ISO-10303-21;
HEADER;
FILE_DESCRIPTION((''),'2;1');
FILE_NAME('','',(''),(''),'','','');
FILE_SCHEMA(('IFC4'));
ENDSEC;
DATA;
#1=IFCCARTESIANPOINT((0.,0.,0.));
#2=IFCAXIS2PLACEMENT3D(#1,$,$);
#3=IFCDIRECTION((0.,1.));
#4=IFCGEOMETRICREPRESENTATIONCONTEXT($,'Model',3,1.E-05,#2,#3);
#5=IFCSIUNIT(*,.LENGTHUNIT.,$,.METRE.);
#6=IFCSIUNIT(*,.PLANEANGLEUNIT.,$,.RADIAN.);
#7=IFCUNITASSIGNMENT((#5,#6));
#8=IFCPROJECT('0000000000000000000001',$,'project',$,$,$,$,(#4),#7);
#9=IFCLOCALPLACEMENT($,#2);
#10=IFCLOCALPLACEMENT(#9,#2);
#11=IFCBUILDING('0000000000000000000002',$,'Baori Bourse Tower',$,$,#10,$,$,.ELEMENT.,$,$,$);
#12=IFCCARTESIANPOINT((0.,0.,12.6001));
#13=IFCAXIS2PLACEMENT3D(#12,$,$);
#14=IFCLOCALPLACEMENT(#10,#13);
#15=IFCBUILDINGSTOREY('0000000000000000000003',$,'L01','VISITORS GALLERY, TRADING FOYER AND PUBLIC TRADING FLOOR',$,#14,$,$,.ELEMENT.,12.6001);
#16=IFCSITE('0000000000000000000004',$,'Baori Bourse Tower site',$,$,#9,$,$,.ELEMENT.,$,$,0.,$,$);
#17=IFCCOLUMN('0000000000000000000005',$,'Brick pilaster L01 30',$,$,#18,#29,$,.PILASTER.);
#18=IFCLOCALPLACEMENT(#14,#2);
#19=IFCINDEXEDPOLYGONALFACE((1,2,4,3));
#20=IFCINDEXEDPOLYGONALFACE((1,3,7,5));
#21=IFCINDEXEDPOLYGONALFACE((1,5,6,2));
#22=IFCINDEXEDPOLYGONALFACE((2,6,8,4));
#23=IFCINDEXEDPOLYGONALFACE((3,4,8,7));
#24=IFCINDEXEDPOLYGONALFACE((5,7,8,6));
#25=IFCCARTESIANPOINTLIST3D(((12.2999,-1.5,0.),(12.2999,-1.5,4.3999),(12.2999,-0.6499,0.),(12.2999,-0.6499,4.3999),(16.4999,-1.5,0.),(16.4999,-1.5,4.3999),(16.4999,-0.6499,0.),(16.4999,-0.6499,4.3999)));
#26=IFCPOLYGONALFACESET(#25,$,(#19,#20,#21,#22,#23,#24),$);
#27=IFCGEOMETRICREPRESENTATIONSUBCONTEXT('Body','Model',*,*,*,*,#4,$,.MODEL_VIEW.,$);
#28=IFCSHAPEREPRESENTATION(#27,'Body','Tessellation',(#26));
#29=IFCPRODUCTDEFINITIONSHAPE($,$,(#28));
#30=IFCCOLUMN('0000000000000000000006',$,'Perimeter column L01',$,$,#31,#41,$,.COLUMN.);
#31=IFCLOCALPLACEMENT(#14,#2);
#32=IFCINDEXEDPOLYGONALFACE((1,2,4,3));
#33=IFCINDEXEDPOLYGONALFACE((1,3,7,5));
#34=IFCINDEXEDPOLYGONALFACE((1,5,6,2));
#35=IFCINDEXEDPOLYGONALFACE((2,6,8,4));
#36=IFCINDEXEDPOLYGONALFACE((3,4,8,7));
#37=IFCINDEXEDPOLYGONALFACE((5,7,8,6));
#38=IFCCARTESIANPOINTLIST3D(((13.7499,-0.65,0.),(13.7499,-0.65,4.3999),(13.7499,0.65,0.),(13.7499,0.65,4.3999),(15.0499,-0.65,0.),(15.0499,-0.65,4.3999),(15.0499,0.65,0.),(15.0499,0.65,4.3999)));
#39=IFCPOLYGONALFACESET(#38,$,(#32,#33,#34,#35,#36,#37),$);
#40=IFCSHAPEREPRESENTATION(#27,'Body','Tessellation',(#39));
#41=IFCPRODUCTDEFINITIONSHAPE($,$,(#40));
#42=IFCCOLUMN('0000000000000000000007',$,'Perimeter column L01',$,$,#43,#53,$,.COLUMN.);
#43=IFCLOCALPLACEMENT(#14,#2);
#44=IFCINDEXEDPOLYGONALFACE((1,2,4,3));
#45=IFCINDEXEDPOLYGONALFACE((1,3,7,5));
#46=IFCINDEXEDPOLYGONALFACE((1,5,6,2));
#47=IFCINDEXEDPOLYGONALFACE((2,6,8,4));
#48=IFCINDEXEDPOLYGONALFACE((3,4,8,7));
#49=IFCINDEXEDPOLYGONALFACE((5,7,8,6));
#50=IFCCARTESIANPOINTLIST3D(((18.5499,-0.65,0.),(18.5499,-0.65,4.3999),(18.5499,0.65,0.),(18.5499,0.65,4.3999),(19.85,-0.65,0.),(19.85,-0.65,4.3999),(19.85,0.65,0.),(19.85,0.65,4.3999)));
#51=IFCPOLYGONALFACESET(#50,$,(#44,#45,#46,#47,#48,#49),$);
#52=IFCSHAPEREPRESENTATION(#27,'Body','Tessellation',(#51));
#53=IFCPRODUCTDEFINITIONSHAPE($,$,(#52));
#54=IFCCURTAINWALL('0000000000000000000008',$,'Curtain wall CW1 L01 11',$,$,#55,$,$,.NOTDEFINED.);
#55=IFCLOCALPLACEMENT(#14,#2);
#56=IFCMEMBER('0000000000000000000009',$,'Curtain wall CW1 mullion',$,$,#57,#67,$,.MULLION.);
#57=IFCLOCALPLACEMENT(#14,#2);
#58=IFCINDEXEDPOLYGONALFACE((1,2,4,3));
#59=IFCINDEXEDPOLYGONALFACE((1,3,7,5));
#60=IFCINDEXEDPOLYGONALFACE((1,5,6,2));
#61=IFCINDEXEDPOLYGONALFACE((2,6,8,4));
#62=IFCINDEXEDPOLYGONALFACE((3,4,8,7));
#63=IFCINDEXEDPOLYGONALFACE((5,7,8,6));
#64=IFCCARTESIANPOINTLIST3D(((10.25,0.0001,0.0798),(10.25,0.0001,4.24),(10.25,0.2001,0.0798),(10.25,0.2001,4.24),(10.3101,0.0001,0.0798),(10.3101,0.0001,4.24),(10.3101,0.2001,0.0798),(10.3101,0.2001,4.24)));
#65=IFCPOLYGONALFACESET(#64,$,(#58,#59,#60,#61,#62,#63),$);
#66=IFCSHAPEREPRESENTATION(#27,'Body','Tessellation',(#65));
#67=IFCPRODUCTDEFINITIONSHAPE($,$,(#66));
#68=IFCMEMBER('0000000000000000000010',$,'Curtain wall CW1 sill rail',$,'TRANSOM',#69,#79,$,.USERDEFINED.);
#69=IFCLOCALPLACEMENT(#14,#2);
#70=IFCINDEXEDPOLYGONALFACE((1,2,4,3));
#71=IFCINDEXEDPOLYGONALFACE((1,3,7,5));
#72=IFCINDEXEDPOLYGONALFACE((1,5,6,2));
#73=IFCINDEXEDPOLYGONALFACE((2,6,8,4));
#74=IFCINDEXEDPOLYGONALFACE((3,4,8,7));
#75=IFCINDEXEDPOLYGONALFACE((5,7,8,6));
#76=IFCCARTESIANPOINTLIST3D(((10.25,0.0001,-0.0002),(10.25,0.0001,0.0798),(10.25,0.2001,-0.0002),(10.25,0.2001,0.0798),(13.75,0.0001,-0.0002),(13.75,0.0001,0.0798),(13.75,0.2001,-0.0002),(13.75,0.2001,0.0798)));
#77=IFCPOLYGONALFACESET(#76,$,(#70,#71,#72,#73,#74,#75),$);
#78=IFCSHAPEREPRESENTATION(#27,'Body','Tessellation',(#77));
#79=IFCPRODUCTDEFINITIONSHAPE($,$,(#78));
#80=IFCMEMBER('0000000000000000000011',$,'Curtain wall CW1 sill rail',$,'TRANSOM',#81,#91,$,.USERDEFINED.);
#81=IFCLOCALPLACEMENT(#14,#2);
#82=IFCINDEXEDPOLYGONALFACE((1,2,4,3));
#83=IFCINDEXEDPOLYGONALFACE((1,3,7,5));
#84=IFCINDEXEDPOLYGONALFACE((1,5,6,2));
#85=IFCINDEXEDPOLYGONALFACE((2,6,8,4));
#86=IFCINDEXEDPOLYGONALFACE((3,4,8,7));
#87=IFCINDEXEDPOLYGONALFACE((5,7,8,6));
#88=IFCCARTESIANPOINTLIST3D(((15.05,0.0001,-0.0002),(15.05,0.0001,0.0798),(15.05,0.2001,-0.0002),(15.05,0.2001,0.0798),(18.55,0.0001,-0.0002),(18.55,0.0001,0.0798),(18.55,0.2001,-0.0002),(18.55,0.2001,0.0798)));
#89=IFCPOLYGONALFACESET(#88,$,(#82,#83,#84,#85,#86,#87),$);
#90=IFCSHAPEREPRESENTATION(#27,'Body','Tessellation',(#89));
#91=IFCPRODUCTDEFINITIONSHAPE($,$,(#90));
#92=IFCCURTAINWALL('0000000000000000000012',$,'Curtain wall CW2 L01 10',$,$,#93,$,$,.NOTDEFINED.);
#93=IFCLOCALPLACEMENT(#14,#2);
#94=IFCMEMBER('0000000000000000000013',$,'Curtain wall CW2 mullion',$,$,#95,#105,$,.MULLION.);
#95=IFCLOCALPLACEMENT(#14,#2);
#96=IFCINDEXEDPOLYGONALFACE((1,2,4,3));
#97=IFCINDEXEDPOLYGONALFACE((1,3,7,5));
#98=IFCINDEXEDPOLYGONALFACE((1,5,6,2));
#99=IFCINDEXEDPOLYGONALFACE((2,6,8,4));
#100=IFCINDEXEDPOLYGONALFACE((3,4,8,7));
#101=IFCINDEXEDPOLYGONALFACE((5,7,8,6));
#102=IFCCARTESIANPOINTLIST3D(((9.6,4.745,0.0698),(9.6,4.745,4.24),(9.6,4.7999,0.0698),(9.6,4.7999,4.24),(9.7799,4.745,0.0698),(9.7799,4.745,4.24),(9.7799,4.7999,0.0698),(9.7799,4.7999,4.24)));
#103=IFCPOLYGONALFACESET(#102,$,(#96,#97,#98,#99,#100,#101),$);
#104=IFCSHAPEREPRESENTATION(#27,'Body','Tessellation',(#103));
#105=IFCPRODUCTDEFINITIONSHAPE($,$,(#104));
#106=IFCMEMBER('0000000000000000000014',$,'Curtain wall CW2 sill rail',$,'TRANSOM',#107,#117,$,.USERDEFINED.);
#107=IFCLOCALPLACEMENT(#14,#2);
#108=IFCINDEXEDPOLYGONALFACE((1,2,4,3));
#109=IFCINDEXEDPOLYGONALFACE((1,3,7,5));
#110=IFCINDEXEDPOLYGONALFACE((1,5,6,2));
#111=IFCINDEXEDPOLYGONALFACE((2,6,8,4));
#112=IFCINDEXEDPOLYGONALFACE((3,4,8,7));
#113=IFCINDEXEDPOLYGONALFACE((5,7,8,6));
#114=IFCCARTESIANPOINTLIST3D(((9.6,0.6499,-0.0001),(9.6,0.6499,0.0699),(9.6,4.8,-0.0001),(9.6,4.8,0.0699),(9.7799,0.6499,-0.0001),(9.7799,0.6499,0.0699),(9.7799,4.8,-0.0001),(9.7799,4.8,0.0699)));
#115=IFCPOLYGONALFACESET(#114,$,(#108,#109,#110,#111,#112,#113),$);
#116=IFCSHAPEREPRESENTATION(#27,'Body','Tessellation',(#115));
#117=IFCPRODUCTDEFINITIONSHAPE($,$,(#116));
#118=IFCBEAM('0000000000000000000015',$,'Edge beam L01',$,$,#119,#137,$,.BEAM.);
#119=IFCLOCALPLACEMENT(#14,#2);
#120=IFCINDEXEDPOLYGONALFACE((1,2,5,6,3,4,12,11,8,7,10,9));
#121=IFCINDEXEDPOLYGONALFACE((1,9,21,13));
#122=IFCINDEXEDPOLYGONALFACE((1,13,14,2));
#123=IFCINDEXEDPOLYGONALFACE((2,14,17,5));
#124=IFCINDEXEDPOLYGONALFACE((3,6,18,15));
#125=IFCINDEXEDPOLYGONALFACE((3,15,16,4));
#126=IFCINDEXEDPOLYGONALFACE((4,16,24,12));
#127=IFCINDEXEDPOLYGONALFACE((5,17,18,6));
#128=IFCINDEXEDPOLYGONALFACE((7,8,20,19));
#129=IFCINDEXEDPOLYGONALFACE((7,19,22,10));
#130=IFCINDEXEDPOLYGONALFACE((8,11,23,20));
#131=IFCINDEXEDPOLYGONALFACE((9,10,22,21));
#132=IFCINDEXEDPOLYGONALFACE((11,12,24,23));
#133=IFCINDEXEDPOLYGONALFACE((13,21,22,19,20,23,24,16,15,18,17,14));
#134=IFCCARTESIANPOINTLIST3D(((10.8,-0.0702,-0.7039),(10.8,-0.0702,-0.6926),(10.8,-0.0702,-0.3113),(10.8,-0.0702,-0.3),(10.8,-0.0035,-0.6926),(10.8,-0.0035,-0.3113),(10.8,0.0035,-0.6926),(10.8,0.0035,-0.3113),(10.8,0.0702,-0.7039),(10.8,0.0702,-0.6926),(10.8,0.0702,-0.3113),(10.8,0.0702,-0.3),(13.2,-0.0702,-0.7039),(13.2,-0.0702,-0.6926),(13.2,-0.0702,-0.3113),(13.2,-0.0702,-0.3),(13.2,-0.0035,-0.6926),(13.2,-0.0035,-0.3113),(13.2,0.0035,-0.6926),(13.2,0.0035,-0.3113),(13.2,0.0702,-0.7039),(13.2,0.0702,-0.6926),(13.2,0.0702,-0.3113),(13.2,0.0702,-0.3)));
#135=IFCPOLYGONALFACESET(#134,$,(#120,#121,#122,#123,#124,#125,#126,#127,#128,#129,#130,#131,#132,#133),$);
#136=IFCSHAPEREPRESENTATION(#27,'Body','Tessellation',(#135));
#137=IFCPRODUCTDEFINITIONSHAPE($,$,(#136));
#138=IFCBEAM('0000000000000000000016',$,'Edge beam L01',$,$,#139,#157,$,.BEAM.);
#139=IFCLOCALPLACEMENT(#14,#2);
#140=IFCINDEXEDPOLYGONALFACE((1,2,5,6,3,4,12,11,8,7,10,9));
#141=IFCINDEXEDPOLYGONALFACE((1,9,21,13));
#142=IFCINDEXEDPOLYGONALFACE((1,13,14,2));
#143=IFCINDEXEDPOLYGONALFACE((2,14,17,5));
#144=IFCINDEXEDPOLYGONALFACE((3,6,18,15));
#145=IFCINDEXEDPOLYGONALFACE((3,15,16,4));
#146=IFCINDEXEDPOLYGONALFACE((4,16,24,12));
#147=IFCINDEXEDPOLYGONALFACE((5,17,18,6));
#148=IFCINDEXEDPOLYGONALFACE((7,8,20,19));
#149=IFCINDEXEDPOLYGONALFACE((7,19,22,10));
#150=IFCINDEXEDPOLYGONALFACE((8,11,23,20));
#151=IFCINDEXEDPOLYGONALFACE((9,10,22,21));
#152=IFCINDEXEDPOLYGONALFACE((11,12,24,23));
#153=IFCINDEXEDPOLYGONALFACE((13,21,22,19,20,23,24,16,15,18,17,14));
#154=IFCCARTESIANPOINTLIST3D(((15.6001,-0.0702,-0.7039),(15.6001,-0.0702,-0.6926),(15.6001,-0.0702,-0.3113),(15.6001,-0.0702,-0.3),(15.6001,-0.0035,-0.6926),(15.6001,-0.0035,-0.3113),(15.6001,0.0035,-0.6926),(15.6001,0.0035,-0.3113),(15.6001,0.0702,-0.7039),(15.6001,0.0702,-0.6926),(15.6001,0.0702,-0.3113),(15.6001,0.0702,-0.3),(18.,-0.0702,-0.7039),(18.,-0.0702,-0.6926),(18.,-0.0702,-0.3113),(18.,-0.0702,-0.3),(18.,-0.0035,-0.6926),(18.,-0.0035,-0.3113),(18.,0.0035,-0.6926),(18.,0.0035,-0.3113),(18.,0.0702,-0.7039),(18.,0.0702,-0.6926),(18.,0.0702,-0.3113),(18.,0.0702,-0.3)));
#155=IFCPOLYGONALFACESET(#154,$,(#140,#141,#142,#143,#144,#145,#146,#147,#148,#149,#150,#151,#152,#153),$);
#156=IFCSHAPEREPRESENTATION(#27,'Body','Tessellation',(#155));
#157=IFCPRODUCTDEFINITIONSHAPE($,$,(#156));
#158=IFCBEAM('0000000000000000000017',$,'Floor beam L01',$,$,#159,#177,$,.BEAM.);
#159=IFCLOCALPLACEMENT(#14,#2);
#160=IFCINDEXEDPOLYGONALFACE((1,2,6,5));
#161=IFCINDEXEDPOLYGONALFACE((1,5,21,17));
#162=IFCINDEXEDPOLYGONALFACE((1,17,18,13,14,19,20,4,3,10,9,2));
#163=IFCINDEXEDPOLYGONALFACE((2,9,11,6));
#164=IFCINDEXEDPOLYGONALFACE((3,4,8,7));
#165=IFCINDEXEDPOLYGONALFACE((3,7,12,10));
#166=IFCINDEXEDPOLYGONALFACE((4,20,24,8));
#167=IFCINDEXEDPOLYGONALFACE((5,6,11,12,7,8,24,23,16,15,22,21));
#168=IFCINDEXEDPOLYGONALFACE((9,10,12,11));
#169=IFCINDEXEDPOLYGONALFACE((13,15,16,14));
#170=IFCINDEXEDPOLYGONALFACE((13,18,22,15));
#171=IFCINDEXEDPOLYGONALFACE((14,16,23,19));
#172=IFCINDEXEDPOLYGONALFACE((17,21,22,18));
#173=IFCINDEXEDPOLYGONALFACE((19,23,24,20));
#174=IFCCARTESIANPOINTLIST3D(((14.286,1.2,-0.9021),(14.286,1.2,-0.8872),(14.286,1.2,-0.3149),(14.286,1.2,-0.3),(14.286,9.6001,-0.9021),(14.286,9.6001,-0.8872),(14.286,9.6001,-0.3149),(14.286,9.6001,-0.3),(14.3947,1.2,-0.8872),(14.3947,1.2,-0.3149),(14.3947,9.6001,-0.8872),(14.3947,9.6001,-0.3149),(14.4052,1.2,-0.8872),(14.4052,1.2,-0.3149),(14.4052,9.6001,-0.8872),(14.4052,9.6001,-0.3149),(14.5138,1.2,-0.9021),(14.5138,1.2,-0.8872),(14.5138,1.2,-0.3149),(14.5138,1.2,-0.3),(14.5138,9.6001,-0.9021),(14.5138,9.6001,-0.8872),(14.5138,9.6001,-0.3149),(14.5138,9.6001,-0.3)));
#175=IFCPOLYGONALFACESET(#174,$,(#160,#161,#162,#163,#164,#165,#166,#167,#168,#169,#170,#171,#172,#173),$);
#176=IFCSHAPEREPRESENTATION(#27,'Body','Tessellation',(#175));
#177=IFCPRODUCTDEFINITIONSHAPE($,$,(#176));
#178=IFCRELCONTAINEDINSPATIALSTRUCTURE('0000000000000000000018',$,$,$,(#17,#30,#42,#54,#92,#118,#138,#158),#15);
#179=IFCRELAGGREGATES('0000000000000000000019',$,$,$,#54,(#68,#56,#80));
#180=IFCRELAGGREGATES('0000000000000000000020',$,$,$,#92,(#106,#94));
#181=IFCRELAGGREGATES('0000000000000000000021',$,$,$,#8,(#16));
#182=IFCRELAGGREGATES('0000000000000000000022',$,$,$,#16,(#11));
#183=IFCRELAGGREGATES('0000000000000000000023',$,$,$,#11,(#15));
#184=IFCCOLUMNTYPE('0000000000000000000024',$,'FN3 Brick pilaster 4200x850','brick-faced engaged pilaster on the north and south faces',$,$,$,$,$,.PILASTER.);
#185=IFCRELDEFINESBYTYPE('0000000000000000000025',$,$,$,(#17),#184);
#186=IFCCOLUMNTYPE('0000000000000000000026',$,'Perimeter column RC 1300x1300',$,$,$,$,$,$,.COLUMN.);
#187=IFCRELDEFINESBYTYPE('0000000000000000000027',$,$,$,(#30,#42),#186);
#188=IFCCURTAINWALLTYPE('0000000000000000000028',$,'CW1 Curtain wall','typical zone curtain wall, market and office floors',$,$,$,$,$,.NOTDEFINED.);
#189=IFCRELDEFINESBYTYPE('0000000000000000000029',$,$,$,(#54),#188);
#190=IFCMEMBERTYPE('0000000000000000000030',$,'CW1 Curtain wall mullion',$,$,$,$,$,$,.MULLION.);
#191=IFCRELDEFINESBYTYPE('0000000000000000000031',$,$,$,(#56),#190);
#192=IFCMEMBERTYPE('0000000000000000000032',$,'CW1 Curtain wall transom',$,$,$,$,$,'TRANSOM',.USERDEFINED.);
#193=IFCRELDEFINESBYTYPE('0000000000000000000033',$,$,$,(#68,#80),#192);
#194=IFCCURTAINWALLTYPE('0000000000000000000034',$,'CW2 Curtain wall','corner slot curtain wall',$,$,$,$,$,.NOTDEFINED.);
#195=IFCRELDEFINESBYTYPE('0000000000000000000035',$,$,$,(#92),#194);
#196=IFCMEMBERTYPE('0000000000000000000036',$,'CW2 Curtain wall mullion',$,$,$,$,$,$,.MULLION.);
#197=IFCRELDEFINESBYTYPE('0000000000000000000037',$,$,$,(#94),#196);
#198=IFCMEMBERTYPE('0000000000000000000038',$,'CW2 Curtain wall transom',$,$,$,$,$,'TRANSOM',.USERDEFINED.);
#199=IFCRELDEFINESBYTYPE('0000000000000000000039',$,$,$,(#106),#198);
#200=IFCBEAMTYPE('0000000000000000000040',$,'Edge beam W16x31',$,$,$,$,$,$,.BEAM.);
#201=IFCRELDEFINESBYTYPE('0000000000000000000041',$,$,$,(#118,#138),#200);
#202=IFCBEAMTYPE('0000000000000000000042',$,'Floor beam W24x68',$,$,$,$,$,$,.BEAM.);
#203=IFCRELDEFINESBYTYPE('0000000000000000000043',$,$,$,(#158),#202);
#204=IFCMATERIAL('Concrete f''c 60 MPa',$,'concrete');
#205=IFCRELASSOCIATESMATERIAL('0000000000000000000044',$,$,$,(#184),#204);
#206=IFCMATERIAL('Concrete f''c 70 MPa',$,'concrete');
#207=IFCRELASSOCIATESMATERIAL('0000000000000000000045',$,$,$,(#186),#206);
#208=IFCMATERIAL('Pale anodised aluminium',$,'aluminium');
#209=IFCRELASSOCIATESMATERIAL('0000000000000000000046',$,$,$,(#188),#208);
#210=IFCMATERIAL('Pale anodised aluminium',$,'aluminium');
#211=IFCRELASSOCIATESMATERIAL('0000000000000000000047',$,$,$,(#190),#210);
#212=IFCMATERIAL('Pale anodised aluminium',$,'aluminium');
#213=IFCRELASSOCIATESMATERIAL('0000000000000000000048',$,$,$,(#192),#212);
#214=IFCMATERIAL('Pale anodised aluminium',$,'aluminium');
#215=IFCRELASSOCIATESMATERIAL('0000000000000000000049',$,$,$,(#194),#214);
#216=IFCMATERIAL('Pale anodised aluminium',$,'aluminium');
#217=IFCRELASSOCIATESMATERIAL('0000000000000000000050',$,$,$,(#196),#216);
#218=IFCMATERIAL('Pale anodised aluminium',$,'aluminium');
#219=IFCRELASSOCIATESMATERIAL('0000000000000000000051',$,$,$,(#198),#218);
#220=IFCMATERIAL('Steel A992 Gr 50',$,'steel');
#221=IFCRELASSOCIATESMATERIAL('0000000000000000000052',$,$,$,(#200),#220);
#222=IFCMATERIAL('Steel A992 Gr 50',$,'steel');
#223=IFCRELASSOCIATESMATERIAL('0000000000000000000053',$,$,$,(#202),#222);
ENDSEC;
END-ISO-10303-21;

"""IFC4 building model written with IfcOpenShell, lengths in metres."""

from ifc_helpers import new_model, si_unit, direction, frame, origin, origin_2d, place, context, subcontext, project, spatial, rectangle, i_section, extrude, material, material_profile, profile_set, type_object, element, aggregate, save


model = new_model("IFC4")

# Units and contexts
model_context = context("Model", 3, precision=1e-05, world=origin(), true_north=direction((0.0, 1.0)))
body_context = subcontext(model_context, "Body", "Model", "MODEL_VIEW")
ifc_project = project(units=[si_unit("LENGTHUNIT", "METRE"), si_unit("PLANEANGLEUNIT", "RADIAN")], contexts=[model_context])

# Site, building, storey
site_placement = place(None, origin())
site = spatial("IfcSite", under=ifc_project, at=site_placement, Name="Baori Bourse Tower site", CompositionType="ELEMENT", RefElevation=0.0)
building_placement = place(site_placement, origin())
building = spatial("IfcBuilding", under=site, at=building_placement, Name="Baori Bourse Tower", CompositionType="ELEMENT")
storey_placement = place(building_placement, frame((0.0, 0.0, 12.6001)))
storey = spatial("IfcBuildingStorey", under=building, at=storey_placement, Name="L01", Description="VISITORS GALLERY, TRADING FOYER AND PUBLIC TRADING FLOOR", CompositionType="ELEMENT", Elevation=12.6001)

# Columns
ifc_material_1 = material(Name="Concrete f'c 60 MPa", Category="concrete")
ifc_material_profile_1 = material_profile(ifc_material_1, rectangle(XDim=4.2, YDim=0.8501, at=origin_2d()), Name="RC 4200x850")
ifc_profile_set_1 = profile_set([ifc_material_profile_1], Name="Concrete f'c 60 MPa")
column_type_1 = type_object("IfcColumnType", Name="FN3 Brick pilaster 4200x850", Description="brick-faced engaged pilaster on the north and south faces", PredefinedType="PILASTER", material=ifc_profile_set_1)
column_placement = place(storey_placement, frame((14.3999, -1.075, 0.0), z_axis=(0.0, 0.0, 1.0), x_axis=(1.0, 0.0, 0.0)))
element("IfcColumn", 1, at=column_placement, inside=storey, type_object=column_type_1, Name="Brick pilaster L01 30", PredefinedType="PILASTER", context=body_context, shape_type="SweptSolid", body=[
    extrude(rectangle(XDim=4.2, YDim=0.8501, at=origin_2d()), origin(), (0.0, 0.0, 1.0), 4.3999),
])
ifc_material_2 = material(Name="Concrete f'c 70 MPa", Category="concrete")
ifc_material_profile_2 = material_profile(ifc_material_2, rectangle(XDim=1.3, YDim=1.3, at=origin_2d()), Name="RC 1300x1300")
ifc_profile_set_2 = profile_set([ifc_material_profile_2], Name="Concrete f'c 70 MPa")
column_type_2 = type_object("IfcColumnType", Name="Perimeter column RC 1300x1300", PredefinedType="COLUMN", material=ifc_profile_set_2)
for number, where, z_axis, x_axis, name in (
    (2, (14.3999, 0.0, 0.0), (0.0, 0.0, 1.0), (1.0, 0.0, 0.0), "Perimeter column L01"),
    (3, (19.2, 0.0, 0.0), (0.0, 0.0, 1.0), (1.0, 0.0, 0.0), "Perimeter column L01"),
):
    element("IfcColumn", number, at=place(storey_placement, frame(where, z_axis=z_axis, x_axis=x_axis)), inside=storey, type_object=column_type_2, Name=name, PredefinedType="COLUMN", context=body_context, shape_type="SweptSolid", body=[
        extrude(rectangle(XDim=1.3, YDim=1.3, at=origin_2d()), origin(), (0.0, 0.0, 1.0), 4.3999),
    ])

# Curtain walls, members
ifc_material_3 = material(Name="Pale anodised aluminium", Category="aluminium")
curtain_wall_type_1 = type_object("IfcCurtainWallType", Name="CW1 Curtain wall", Description="typical zone curtain wall, market and office floors", PredefinedType="NOTDEFINED", material=ifc_material_3)
curtain_wall_1_placement = place(storey_placement, origin())
curtain_wall_1 = element("IfcCurtainWall", 4, at=curtain_wall_1_placement, inside=storey, type_object=curtain_wall_type_1, Name="Curtain wall CW1 L01 11", PredefinedType="NOTDEFINED")
ifc_material_4 = material(Name="Pale anodised aluminium", Category="aluminium")
ifc_material_profile_3 = material_profile(ifc_material_4, rectangle(XDim=0.2, YDim=0.0601, at=origin_2d()), Name="Mullion 60x200")
ifc_profile_set_3 = profile_set([ifc_material_profile_3], Name="Pale anodised aluminium")
member_type_1 = type_object("IfcMemberType", Name="CW1 Curtain wall mullion", PredefinedType="MULLION", material=ifc_profile_set_3)
member_1_placement = place(storey_placement, frame((10.28, 0.1001, 0.0798), z_axis=(0.0, 0.0, 1.0), x_axis=(0.0, 1.0, 0.0)))
member_1 = element("IfcMember", 5, at=member_1_placement, type_object=member_type_1, Name="Curtain wall CW1 mullion", PredefinedType="MULLION", context=body_context, shape_type="SweptSolid", body=[
    extrude(rectangle(XDim=0.2, YDim=0.0601, at=origin_2d()), origin(), (0.0, 0.0, 1.0), 4.1602),
])
ifc_material_5 = material(Name="Pale anodised aluminium", Category="aluminium")
ifc_material_profile_4 = material_profile(ifc_material_5, rectangle(XDim=0.2, YDim=0.0801, at=origin_2d()), Name="Transom 80x200")
ifc_profile_set_4 = profile_set([ifc_material_profile_4], Name="Pale anodised aluminium")
member_type_2 = type_object("IfcMemberType", Name="CW1 Curtain wall transom", ElementType="TRANSOM", PredefinedType="USERDEFINED", material=ifc_profile_set_4)
member_2_placement = place(storey_placement, frame((10.25, 0.1001, 0.0398), z_axis=(1.0, 0.0, 0.0), x_axis=(0.0, 1.0, 0.0)))
member_2 = element("IfcMember", 6, at=member_2_placement, type_object=member_type_2, Name="Curtain wall CW1 sill rail", ObjectType="TRANSOM", PredefinedType="USERDEFINED", context=body_context, shape_type="SweptSolid", body=[
    extrude(rectangle(XDim=0.2, YDim=0.0801, at=origin_2d()), origin(), (0.0, 0.0, 1.0), 3.5),
])
member_3_placement = place(storey_placement, frame((15.05, 0.1001, 0.0398), z_axis=(1.0, 0.0, 0.0), x_axis=(0.0, 1.0, 0.0)))
member_3 = element("IfcMember", 7, at=member_3_placement, type_object=member_type_2, Name="Curtain wall CW1 sill rail", ObjectType="TRANSOM", PredefinedType="USERDEFINED", context=body_context, shape_type="SweptSolid", body=[
    extrude(rectangle(XDim=0.2, YDim=0.0801, at=origin_2d()), origin(), (0.0, 0.0, 1.0), 3.5),
])
ifc_material_6 = material(Name="Pale anodised aluminium", Category="aluminium")
curtain_wall_type_2 = type_object("IfcCurtainWallType", Name="CW2 Curtain wall", Description="corner slot curtain wall", PredefinedType="NOTDEFINED", material=ifc_material_6)
curtain_wall_2_placement = place(storey_placement, origin())
curtain_wall_2 = element("IfcCurtainWall", 8, at=curtain_wall_2_placement, inside=storey, type_object=curtain_wall_type_2, Name="Curtain wall CW2 L01 10", PredefinedType="NOTDEFINED")
ifc_material_7 = material(Name="Pale anodised aluminium", Category="aluminium")
ifc_material_profile_5 = material_profile(ifc_material_7, rectangle(XDim=0.1799, YDim=0.0549, at=origin_2d()), Name="Mullion 55x180")
ifc_profile_set_5 = profile_set([ifc_material_profile_5], Name="Pale anodised aluminium")
member_type_3 = type_object("IfcMemberType", Name="CW2 Curtain wall mullion", PredefinedType="MULLION", material=ifc_profile_set_5)
member_4_placement = place(storey_placement, frame((9.6899, 4.7725, 0.0698), z_axis=(0.0, 0.0, 1.0), x_axis=(1.0, 0.0, 0.0)))
member_4 = element("IfcMember", 9, at=member_4_placement, type_object=member_type_3, Name="Curtain wall CW2 mullion", PredefinedType="MULLION", context=body_context, shape_type="SweptSolid", body=[
    extrude(rectangle(XDim=0.1799, YDim=0.0549, at=origin_2d()), origin(), (0.0, 0.0, 1.0), 4.1702),
])
ifc_material_8 = material(Name="Pale anodised aluminium", Category="aluminium")
ifc_material_profile_6 = material_profile(ifc_material_8, rectangle(XDim=0.1799, YDim=0.0701, at=origin_2d()), Name="Transom 70x180")
ifc_profile_set_6 = profile_set([ifc_material_profile_6], Name="Pale anodised aluminium")
member_type_4 = type_object("IfcMemberType", Name="CW2 Curtain wall transom", ElementType="TRANSOM", PredefinedType="USERDEFINED", material=ifc_profile_set_6)
member_5_placement = place(storey_placement, frame((9.6899, 4.8, 0.0349), z_axis=(0.0, -1.0, 0.0), x_axis=(1.0, 0.0, 0.0)))
member_5 = element("IfcMember", 10, at=member_5_placement, type_object=member_type_4, Name="Curtain wall CW2 sill rail", ObjectType="TRANSOM", PredefinedType="USERDEFINED", context=body_context, shape_type="SweptSolid", body=[
    extrude(rectangle(XDim=0.1799, YDim=0.0701, at=origin_2d()), origin(), (0.0, 0.0, 1.0), 4.1501),
])

# Beams
ifc_material_9 = material(Name="Steel A992 Gr 50", Category="steel")
ifc_material_profile_7 = material_profile(ifc_material_9, i_section(OverallWidth=0.1404, OverallDepth=0.4038, WebThickness=0.0071, FlangeThickness=0.0112, at=origin_2d()), Name="W16x31")
ifc_profile_set_7 = profile_set([ifc_material_profile_7], Name="Steel A992 Gr 50")
beam_type_1 = type_object("IfcBeamType", Name="Edge beam W16x31", PredefinedType="BEAM", material=ifc_profile_set_7)
for number, where, z_axis, x_axis, name in (
    (11, (10.8, 0.0, -0.502), (1.0, 0.0, 0.0), (0.0, 1.0, 0.0), "Edge beam L01"),
    (12, (15.6001, 0.0, -0.502), (1.0, 0.0, 0.0), (0.0, 1.0, 0.0), "Edge beam L01"),
):
    element("IfcBeam", number, at=place(storey_placement, frame(where, z_axis=z_axis, x_axis=x_axis)), inside=storey, type_object=beam_type_1, Name=name, PredefinedType="BEAM", context=body_context, shape_type="SweptSolid", body=[
        extrude(i_section(OverallWidth=0.1404, OverallDepth=0.4038, WebThickness=0.0071, FlangeThickness=0.0112, at=origin_2d()), origin(), (0.0, 0.0, 1.0), 2.3999),
    ])
ifc_material_10 = material(Name="Steel A992 Gr 50", Category="steel")
ifc_material_profile_8 = material_profile(ifc_material_10, i_section(OverallWidth=0.2278, OverallDepth=0.6021, WebThickness=0.0105, FlangeThickness=0.0149, at=origin_2d()), Name="W24x68")
ifc_profile_set_8 = profile_set([ifc_material_profile_8], Name="Steel A992 Gr 50")
beam_type_2 = type_object("IfcBeamType", Name="Floor beam W24x68", PredefinedType="BEAM", material=ifc_profile_set_8)
beam_1_placement = place(storey_placement, frame((14.3999, 1.2, -0.6011), z_axis=(0.0, 1.0, 0.0), x_axis=(-1.0, 0.0, 0.0)))
element("IfcBeam", 13, at=beam_1_placement, inside=storey, type_object=beam_type_2, Name="Floor beam L01", PredefinedType="BEAM", context=body_context, shape_type="SweptSolid", body=[
    extrude(i_section(OverallWidth=0.2278, OverallDepth=0.6021, WebThickness=0.0105, FlangeThickness=0.0149, at=origin_2d()), origin(), (0.0, 0.0, 1.0), 8.4001),
])

aggregate(curtain_wall_1, [member_2, member_1, member_3])
aggregate(curtain_wall_2, [member_5, member_4])

save(model, "model.ifc")
